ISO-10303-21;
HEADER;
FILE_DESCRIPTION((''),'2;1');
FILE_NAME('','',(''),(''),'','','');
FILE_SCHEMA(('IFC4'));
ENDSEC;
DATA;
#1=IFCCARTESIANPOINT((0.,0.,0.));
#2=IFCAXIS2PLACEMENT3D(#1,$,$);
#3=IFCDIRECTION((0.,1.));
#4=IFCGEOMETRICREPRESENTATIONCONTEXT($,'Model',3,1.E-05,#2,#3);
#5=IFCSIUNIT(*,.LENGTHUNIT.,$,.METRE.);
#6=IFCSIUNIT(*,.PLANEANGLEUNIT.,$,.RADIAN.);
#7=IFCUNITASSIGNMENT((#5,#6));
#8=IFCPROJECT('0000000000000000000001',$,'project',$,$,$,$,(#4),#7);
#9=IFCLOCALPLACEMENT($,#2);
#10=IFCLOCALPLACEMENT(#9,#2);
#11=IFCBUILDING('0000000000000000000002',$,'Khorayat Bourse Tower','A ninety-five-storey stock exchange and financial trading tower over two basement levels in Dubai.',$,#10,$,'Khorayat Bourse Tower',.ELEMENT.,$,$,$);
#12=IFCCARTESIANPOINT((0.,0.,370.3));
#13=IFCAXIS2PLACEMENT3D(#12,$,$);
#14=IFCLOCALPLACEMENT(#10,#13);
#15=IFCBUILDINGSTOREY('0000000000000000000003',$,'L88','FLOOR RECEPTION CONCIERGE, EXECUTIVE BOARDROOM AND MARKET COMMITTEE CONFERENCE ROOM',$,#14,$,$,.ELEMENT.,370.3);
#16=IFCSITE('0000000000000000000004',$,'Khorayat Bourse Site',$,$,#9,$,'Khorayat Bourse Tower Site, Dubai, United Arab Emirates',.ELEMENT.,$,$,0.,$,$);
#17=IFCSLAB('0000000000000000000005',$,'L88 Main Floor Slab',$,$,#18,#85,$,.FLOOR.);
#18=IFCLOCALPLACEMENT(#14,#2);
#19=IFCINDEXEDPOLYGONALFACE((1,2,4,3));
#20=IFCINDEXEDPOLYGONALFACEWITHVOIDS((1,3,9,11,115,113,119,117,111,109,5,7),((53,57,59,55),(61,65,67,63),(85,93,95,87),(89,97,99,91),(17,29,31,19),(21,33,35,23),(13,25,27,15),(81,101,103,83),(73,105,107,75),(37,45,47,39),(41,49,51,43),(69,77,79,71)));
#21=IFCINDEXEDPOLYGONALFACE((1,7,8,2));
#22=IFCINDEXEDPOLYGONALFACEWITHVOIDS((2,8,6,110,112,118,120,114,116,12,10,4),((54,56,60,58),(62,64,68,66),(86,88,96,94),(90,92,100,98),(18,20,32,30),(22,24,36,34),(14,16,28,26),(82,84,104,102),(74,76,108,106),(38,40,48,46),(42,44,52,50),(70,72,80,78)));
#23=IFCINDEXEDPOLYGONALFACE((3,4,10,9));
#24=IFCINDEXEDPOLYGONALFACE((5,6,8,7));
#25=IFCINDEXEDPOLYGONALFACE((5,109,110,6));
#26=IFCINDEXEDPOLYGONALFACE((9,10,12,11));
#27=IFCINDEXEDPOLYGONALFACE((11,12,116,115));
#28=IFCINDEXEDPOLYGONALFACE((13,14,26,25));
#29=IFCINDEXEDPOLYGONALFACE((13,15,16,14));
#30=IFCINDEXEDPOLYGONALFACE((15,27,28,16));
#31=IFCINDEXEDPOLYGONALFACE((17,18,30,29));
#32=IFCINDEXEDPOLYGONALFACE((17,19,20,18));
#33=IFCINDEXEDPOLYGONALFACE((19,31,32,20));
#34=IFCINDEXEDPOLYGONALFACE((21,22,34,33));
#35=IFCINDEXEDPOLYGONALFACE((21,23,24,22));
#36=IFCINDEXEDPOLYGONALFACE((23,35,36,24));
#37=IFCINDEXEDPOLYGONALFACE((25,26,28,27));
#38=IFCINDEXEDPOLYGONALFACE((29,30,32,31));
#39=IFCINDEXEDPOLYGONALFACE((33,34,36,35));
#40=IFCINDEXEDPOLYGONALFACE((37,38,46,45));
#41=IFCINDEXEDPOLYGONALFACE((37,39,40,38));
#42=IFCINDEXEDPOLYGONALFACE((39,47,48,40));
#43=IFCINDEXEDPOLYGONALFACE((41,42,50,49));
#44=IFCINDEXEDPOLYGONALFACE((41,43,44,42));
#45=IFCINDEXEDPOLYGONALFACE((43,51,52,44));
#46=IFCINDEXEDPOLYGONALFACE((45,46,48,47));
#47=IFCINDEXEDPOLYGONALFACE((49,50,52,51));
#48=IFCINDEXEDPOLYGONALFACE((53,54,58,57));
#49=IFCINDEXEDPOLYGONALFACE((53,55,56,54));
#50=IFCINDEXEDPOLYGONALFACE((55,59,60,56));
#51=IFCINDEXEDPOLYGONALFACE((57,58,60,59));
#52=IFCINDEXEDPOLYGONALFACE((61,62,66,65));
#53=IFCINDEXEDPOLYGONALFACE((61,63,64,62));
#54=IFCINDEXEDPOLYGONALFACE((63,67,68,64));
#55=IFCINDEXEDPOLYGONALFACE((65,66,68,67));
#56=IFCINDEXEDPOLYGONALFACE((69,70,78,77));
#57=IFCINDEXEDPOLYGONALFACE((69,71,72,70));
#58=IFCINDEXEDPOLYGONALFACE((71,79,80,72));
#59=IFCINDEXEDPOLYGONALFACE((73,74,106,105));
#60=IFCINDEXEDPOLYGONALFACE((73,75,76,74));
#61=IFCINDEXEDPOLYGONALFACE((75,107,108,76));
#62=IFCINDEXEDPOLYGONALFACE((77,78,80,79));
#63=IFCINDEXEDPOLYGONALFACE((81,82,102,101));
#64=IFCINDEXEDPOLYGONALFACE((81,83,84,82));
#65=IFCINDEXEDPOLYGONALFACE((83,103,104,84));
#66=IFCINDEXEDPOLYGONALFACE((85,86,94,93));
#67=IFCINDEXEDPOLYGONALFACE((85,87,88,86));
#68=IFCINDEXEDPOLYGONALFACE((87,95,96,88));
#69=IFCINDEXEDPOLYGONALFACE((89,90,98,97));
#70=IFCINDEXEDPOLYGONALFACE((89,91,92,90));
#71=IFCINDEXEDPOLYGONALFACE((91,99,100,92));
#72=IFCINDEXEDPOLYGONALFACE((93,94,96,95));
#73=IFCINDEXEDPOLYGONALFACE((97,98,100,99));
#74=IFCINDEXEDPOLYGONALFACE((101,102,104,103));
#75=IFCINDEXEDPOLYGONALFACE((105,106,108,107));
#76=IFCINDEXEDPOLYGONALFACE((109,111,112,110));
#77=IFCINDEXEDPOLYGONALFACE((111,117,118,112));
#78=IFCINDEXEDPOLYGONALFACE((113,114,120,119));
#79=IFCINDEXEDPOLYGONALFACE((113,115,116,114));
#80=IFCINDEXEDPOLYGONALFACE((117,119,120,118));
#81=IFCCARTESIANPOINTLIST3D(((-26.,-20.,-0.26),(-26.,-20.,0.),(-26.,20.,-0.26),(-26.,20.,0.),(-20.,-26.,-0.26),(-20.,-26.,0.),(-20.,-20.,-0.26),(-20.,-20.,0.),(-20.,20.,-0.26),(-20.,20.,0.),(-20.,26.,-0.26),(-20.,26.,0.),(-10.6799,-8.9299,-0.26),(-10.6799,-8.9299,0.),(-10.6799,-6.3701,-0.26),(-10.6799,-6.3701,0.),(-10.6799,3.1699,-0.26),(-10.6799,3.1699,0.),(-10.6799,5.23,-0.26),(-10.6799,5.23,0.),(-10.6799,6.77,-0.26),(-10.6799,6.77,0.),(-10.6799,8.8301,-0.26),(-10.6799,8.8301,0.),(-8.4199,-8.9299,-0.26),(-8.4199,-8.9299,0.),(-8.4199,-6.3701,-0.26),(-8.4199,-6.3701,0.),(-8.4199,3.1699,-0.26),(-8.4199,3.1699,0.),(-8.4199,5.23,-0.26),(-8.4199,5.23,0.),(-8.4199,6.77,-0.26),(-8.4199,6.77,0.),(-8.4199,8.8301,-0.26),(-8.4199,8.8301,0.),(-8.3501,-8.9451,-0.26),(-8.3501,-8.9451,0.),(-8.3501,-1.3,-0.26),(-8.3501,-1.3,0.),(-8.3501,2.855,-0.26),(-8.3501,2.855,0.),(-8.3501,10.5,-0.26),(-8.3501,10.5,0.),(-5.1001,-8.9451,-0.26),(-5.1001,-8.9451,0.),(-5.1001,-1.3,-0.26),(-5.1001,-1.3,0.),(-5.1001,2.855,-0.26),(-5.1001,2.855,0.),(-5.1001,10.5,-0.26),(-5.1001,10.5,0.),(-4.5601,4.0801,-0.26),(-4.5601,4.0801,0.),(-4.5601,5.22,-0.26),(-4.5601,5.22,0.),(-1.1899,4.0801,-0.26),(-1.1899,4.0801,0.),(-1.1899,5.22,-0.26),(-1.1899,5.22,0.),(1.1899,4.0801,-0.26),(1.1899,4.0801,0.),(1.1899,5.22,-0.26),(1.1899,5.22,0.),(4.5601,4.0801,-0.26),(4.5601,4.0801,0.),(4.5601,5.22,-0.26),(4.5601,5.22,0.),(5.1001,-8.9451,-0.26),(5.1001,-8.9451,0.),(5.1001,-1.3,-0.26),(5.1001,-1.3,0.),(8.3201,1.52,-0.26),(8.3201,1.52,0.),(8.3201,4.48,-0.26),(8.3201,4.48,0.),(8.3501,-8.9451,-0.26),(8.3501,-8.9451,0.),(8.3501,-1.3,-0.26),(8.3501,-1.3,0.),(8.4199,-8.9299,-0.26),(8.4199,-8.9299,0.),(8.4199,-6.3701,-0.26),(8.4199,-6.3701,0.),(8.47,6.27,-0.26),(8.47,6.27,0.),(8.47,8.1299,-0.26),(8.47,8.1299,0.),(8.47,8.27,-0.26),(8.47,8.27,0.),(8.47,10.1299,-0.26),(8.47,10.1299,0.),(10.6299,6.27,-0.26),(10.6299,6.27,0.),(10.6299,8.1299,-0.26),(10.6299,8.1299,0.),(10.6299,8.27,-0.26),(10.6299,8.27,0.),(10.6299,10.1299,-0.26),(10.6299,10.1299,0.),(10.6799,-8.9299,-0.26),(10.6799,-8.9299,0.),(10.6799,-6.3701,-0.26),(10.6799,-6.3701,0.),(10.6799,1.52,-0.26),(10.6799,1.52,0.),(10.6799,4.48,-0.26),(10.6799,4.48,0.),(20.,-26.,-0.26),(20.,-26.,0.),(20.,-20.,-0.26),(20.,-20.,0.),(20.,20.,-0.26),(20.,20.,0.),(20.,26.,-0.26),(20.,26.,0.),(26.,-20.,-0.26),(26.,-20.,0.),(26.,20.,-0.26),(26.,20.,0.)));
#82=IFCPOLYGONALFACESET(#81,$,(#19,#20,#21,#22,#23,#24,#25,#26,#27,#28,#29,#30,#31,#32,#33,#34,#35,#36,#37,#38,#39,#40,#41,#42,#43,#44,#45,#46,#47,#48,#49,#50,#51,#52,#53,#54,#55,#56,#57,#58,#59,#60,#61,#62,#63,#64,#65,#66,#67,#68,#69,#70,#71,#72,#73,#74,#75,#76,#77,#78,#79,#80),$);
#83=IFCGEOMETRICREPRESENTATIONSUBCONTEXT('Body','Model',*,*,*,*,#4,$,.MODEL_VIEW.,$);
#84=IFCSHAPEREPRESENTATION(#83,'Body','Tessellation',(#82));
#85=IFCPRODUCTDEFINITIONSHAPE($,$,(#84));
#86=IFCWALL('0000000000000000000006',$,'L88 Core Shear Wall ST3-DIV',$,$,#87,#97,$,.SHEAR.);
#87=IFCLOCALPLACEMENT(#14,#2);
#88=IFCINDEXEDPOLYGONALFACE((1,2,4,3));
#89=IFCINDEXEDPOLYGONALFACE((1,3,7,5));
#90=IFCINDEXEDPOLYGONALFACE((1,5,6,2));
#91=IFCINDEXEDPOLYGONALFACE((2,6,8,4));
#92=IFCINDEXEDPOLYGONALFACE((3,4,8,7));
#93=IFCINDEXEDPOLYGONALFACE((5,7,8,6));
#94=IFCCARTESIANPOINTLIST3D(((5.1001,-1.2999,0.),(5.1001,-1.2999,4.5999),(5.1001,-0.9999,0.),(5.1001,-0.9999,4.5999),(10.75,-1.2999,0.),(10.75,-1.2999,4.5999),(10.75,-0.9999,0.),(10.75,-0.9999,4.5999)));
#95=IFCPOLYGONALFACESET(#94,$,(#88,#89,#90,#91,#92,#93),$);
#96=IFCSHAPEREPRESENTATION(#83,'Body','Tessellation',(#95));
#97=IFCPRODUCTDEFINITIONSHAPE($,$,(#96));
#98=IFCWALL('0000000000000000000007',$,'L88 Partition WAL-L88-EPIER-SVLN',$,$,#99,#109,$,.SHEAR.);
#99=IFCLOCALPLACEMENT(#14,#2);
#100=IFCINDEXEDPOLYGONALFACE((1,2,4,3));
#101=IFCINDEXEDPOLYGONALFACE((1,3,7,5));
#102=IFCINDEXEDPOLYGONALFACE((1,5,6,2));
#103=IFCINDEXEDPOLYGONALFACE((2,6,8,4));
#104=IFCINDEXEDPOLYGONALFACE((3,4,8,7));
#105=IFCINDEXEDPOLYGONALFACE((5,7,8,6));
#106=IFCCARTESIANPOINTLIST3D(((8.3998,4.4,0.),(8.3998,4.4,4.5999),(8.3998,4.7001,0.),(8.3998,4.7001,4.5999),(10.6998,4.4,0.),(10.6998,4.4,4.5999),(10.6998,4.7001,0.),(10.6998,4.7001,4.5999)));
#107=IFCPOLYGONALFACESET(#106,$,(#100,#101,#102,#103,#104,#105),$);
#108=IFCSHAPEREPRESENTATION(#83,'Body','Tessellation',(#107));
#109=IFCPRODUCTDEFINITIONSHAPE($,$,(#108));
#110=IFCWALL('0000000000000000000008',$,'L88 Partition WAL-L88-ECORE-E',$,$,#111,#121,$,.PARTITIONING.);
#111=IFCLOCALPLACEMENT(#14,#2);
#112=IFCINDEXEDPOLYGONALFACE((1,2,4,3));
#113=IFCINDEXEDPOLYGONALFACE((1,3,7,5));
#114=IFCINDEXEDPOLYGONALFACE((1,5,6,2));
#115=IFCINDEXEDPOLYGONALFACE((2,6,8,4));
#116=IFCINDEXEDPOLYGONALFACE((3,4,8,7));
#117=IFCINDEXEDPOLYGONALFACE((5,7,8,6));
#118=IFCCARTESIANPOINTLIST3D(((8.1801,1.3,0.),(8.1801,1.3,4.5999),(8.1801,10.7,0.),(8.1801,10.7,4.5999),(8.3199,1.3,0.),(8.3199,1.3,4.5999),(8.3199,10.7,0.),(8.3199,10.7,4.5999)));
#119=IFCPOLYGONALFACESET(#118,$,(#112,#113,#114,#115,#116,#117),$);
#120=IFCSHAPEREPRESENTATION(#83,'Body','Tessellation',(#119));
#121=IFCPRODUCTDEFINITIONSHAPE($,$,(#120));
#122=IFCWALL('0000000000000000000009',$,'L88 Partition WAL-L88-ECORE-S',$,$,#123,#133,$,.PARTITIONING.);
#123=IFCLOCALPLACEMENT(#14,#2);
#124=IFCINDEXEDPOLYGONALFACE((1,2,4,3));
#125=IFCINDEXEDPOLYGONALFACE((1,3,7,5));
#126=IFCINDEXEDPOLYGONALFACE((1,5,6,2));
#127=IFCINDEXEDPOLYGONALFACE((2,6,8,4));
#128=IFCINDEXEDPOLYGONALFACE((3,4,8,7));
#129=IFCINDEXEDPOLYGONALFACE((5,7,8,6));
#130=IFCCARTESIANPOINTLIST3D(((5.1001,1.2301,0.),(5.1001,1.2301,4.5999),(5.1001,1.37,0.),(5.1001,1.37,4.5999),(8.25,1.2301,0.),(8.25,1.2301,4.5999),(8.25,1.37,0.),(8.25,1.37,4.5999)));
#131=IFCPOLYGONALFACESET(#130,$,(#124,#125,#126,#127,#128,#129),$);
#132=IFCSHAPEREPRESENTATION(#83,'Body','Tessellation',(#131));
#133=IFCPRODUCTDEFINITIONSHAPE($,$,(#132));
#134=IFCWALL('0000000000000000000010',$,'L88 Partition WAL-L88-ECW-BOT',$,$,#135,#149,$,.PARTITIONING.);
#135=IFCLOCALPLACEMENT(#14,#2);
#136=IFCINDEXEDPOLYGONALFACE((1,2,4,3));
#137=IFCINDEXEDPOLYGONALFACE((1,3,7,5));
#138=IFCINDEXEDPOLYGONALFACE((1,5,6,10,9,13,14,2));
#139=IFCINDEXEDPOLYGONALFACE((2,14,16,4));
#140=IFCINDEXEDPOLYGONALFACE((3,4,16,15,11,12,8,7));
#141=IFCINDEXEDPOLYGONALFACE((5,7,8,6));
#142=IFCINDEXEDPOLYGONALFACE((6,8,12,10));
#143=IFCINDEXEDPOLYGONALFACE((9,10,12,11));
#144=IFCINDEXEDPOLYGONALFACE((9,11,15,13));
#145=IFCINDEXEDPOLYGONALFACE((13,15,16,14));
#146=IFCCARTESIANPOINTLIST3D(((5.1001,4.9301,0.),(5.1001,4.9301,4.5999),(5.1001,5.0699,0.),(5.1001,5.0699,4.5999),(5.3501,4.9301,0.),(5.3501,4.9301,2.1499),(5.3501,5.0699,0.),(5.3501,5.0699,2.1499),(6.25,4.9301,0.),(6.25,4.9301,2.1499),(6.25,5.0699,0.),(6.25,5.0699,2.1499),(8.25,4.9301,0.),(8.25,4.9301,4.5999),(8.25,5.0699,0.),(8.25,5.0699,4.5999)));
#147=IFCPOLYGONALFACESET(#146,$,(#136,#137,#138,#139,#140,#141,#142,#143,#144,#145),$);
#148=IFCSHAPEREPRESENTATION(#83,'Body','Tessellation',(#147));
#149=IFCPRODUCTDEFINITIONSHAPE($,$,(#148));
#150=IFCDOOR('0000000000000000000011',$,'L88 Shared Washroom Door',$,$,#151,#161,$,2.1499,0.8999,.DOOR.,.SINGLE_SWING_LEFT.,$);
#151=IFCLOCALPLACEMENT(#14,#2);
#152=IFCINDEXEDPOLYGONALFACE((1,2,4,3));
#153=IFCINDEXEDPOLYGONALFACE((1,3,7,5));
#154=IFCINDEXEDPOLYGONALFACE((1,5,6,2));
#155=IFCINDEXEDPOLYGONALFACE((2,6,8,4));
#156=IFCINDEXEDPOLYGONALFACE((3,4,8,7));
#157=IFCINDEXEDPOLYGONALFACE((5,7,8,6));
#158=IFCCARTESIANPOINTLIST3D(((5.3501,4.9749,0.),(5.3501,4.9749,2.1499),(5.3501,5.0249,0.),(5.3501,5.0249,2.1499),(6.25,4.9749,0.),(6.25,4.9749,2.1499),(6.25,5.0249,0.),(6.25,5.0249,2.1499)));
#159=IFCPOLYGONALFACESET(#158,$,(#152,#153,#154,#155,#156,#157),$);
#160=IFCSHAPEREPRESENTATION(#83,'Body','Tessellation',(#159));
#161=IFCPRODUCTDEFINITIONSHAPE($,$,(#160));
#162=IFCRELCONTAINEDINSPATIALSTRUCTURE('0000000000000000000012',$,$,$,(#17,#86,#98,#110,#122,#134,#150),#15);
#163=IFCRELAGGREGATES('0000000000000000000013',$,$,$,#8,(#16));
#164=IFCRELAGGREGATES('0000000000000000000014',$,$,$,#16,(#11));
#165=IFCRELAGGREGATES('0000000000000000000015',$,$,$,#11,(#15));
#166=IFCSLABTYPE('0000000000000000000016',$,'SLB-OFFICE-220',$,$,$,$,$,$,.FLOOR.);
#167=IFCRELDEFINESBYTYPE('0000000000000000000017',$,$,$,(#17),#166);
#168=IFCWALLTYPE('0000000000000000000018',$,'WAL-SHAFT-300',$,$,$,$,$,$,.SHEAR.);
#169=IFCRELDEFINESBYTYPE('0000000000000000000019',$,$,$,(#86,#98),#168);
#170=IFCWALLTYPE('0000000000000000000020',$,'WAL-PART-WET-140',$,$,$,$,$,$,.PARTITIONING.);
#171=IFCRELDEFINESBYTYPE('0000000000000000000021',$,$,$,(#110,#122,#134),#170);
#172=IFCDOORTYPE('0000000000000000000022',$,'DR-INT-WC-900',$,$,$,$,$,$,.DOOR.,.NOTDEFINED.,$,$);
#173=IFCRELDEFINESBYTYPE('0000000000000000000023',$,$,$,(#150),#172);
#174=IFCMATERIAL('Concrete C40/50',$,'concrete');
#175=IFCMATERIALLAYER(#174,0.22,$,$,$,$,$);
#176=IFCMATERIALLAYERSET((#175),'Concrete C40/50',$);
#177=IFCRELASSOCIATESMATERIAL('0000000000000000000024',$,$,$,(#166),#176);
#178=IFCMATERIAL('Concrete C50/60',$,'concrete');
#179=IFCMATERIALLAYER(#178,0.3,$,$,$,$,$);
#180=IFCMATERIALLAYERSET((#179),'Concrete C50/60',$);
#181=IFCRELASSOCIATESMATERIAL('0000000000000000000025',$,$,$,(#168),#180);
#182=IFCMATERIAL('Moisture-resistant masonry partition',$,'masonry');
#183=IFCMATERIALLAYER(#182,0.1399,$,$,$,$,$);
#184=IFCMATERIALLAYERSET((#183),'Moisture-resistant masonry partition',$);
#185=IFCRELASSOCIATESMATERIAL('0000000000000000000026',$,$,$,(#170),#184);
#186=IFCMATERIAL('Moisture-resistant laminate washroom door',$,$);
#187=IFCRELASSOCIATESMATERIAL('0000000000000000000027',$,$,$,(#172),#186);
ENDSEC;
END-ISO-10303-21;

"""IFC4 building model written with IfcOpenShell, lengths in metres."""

from ifc_helpers import new_model, si_unit, direction, frame, frame_2d, origin, place, context, subcontext, project, spatial, polyline, rectangle, outline, extrude, source, transform, mapped, material, layer, layer_set, type_object, element, fill, save


model = new_model("IFC4")

# Units and contexts
model_context = context("Model", 3, precision=1e-05, world=origin(), true_north=direction((0.0, 1.0)))
body_context = subcontext(model_context, "Body", "Model", "MODEL_VIEW")
ifc_project = project(units=[si_unit("LENGTHUNIT", "METRE"), si_unit("PLANEANGLEUNIT", "RADIAN")], contexts=[model_context])

# Site, building, storey
site_placement = place(None, origin())
site = spatial("IfcSite", under=ifc_project, at=site_placement, Name="Khorayat Bourse Site", LongName="Khorayat Bourse Tower Site, Dubai, United Arab Emirates", CompositionType="ELEMENT", RefElevation=0.0)
building_placement = place(site_placement, origin())
building = spatial("IfcBuilding", under=site, at=building_placement, Name="Khorayat Bourse Tower", Description="A ninety-five-storey stock exchange and financial trading tower over two basement levels in Dubai.", LongName="Khorayat Bourse Tower", CompositionType="ELEMENT")
storey_placement = place(building_placement, frame((0.0, 0.0, 370.3)))
storey = spatial("IfcBuildingStorey", under=building, at=storey_placement, Name="L88", Description="FLOOR RECEPTION CONCIERGE, EXECUTIVE BOARDROOM AND MARKET COMMITTEE CONFERENCE ROOM", CompositionType="ELEMENT", Elevation=370.3)

# Shared definitions
ifc_material_1 = material(Name="Concrete C40/50", Category="concrete")

# Slab
ifc_layer_1 = layer(ifc_material_1, 0.22)
ifc_layer_set_1 = layer_set([ifc_layer_1], Name="Concrete C40/50")
slab_type_1 = type_object("IfcSlabType", Name="SLB-OFFICE-220", PredefinedType="FLOOR", material=ifc_layer_set_1)
slab_1_placement = place(storey_placement, frame((0.0, 0.0, -0.26)))
element("IfcSlab", 1, at=slab_1_placement, inside=storey, type_object=slab_type_1, Name="L88 Main Floor Slab", PredefinedType="FLOOR", context=body_context, shape_type="SweptSolid", body=[
    extrude(outline(polyline([(-20.0, -26.0), (20.0, -26.0), (20.0, -20.0), (26.0, -20.0), (26.0, 20.0), (20.0, 20.0), (20.0, 26.0), (-20.0, 26.0), (-20.0, 20.0), (-26.0, 20.0), (-26.0, -20.0), (-20.0, -20.0), (-20.0, -26.0)]), holes=[polyline([(-8.3501, -8.9451), (-5.1001, -8.9451), (-5.1001, -1.3), (-8.3501, -1.3), (-8.3501, -8.9451)]), polyline([(-8.3501, 2.855), (-5.1001, 2.855), (-5.1001, 10.5), (-8.3501, 10.5), (-8.3501, 2.855)]), polyline([(5.1001, -8.9451), (8.3501, -8.9451), (8.3501, -1.3), (5.1001, -1.3), (5.1001, -8.9451)]), polyline([(-10.6799, 3.1699), (-8.4199, 3.1699), (-8.4199, 5.23), (-10.6799, 5.23), (-10.6799, 3.1699)]), polyline([(-10.6799, 6.77), (-8.4199, 6.77), (-8.4199, 8.8301), (-10.6799, 8.8301), (-10.6799, 6.77)]), polyline([(8.47, 6.27), (10.6299, 6.27), (10.6299, 8.1299), (8.47, 8.1299), (8.47, 6.27)]), polyline([(8.47, 8.27), (10.6299, 8.27), (10.6299, 10.1299), (8.47, 10.1299), (8.47, 8.27)]), polyline([(-10.6799, -8.9299), (-8.4199, -8.9299), (-8.4199, -6.3701), (-10.6799, -6.3701), (-10.6799, -8.9299)]), polyline([(8.4199, -8.9299), (10.6799, -8.9299), (10.6799, -6.3701), (8.4199, -6.3701), (8.4199, -8.9299)]), polyline([(8.3201, 1.52), (10.6799, 1.52), (10.6799, 4.48), (8.3201, 4.48), (8.3201, 1.52)]), polyline([(-4.5601, 4.0801), (-1.1899, 4.0801), (-1.1899, 5.22), (-4.5601, 5.22), (-4.5601, 4.0801)]), polyline([(1.1899, 4.0801), (4.5601, 4.0801), (4.5601, 5.22), (1.1899, 5.22), (1.1899, 4.0801)])]), origin(), (0.0, 0.0, 1.0), 0.26),
])

# Walls
ifc_material_2 = material(Name="Concrete C50/60", Category="concrete")
ifc_layer_2 = layer(ifc_material_2, 0.3)
ifc_layer_set_2 = layer_set([ifc_layer_2], Name="Concrete C50/60")
wall_type_1 = type_object("IfcWallType", Name="WAL-SHAFT-300", PredefinedType="SHEAR", material=ifc_layer_set_2)
shared_shape_1 = source(origin(), body_context, "Body", "SweptSolid", [
    extrude(rectangle(XDim=5.6499, YDim=0.3, at=frame_2d((2.825, 0.0))), origin(), (0.0, 0.0, 1.0), 4.5999),
])
wall_1_placement = place(storey_placement, frame((5.1001, -1.1499, 0.0), z_axis=(0.0, 0.0, 1.0), x_axis=(1.0, 0.0, 0.0)))
element("IfcWall", 2, at=wall_1_placement, inside=storey, type_object=wall_type_1, Name="L88 Core Shear Wall ST3-DIV", PredefinedType="SHEAR", context=body_context, shape_type="MappedRepresentation", body=[
    mapped(shared_shape_1, transform((0.0, 0.0, 0.0), scale=1.0)),
])
shared_shape_2 = source(origin(), body_context, "Body", "SweptSolid", [
    extrude(rectangle(XDim=2.3, YDim=0.3, at=frame_2d((1.1499, 0.0))), origin(), (0.0, 0.0, 1.0), 4.5999),
])
wall_2_placement = place(storey_placement, frame((8.3999, 4.55, 0.0), z_axis=(0.0, 0.0, 1.0), x_axis=(1.0, 0.0, 0.0)))
element("IfcWall", 3, at=wall_2_placement, inside=storey, type_object=wall_type_1, Name="L88 Partition WAL-L88-EPIER-SVLN", PredefinedType="SHEAR", context=body_context, shape_type="MappedRepresentation", body=[
    mapped(shared_shape_2, transform((0.0, 0.0, 0.0), scale=1.0)),
])
ifc_material_3 = material(Name="Moisture-resistant masonry partition", Category="masonry")
ifc_layer_3 = layer(ifc_material_3, 0.1399)
ifc_layer_set_3 = layer_set([ifc_layer_3], Name="Moisture-resistant masonry partition")
wall_type_2 = type_object("IfcWallType", Name="WAL-PART-WET-140", PredefinedType="PARTITIONING", material=ifc_layer_set_3)
shared_shape_3 = source(origin(), body_context, "Body", "SweptSolid", [
    extrude(rectangle(XDim=9.3999, YDim=0.1399, at=frame_2d((4.7, 0.0))), origin(), (0.0, 0.0, 1.0), 4.5999),
])
wall_3_placement = place(storey_placement, frame((8.25, 1.3, 0.0), z_axis=(0.0, 0.0, 1.0), x_axis=(0.0, 1.0, 0.0)))
element("IfcWall", 4, at=wall_3_placement, inside=storey, type_object=wall_type_2, Name="L88 Partition WAL-L88-ECORE-E", PredefinedType="PARTITIONING", context=body_context, shape_type="MappedRepresentation", body=[
    mapped(shared_shape_3, transform((0.0, 0.0, 0.0), scale=1.0)),
])
shared_shape_4 = source(origin(), body_context, "Body", "SweptSolid", [
    extrude(rectangle(XDim=3.1499, YDim=0.1399, at=frame_2d((1.575, 0.0))), origin(), (0.0, 0.0, 1.0), 4.5999),
])
wall_4_placement = place(storey_placement, frame((5.1001, 1.3, 0.0), z_axis=(0.0, 0.0, 1.0), x_axis=(1.0, 0.0, 0.0)))
element("IfcWall", 5, at=wall_4_placement, inside=storey, type_object=wall_type_2, Name="L88 Partition WAL-L88-ECORE-S", PredefinedType="PARTITIONING", context=body_context, shape_type="MappedRepresentation", body=[
    mapped(shared_shape_4, transform((0.0, 0.0, 0.0), scale=1.0)),
])

# Wall, opening, door
wall_5_placement = place(storey_placement, frame((5.1001, 5.0, 0.0), z_axis=(0.0, 0.0, 1.0), x_axis=(1.0, 0.0, 0.0)))
wall_5 = element("IfcWall", 6, at=wall_5_placement, inside=storey, type_object=wall_type_2, Name="L88 Partition WAL-L88-ECW-BOT", PredefinedType="PARTITIONING", context=body_context, shape_type="MappedRepresentation", body=[
    mapped(shared_shape_4, transform((0.0, 0.0, 0.0), scale=1.0)),
])
shared_shape_5 = source(origin(), body_context, "Body", "SweptSolid", [
    extrude(rectangle(XDim=0.8999, YDim=2.1499, at=frame_2d((0.45, 1.075))), frame((0.0, 0.0798, 0.0), z_axis=(0.0, -1.0, 0.0), x_axis=(1.0, 0.0, 0.0)), (0.0, 0.0, 1.0), 0.1599),
])
opening_1_placement = place(wall_5_placement, frame((0.25, 0.0, 0.0)))
opening_1 = element("IfcOpeningElement", 7, at=opening_1_placement, cuts=wall_5, PredefinedType="OPENING", context=body_context, shape_type="MappedRepresentation", body=[
    mapped(shared_shape_5, transform((0.0, 0.0, 0.0), scale=1.0)),
])
ifc_material_4 = material(Name="Moisture-resistant laminate washroom door")
door_type = type_object("IfcDoorType", Name="DR-INT-WC-900", OperationType="NOTDEFINED", PredefinedType="DOOR", material=ifc_material_4)
shared_shape_6 = source(origin(), body_context, "Body", "SweptSolid", [
    extrude(rectangle(XDim=0.8999, YDim=2.1499, at=frame_2d((0.45, 1.075))), frame((0.0, 0.0249, 0.0), z_axis=(0.0, -1.0, 0.0), x_axis=(1.0, 0.0, 0.0)), (0.0, 0.0, 1.0), 0.05),
])
door_1_placement = place(opening_1_placement, origin())
door_1 = element("IfcDoor", 8, at=door_1_placement, inside=storey, type_object=door_type, Name="L88 Shared Washroom Door", OperationType="SINGLE_SWING_LEFT", OverallHeight=2.1499, OverallWidth=0.8999, PredefinedType="DOOR", context=body_context, shape_type="MappedRepresentation", body=[
    mapped(shared_shape_6, transform((0.0, 0.0, 0.0), scale=1.0)),
])
fill(opening_1, door_1)

save(model, "model.ifc")
